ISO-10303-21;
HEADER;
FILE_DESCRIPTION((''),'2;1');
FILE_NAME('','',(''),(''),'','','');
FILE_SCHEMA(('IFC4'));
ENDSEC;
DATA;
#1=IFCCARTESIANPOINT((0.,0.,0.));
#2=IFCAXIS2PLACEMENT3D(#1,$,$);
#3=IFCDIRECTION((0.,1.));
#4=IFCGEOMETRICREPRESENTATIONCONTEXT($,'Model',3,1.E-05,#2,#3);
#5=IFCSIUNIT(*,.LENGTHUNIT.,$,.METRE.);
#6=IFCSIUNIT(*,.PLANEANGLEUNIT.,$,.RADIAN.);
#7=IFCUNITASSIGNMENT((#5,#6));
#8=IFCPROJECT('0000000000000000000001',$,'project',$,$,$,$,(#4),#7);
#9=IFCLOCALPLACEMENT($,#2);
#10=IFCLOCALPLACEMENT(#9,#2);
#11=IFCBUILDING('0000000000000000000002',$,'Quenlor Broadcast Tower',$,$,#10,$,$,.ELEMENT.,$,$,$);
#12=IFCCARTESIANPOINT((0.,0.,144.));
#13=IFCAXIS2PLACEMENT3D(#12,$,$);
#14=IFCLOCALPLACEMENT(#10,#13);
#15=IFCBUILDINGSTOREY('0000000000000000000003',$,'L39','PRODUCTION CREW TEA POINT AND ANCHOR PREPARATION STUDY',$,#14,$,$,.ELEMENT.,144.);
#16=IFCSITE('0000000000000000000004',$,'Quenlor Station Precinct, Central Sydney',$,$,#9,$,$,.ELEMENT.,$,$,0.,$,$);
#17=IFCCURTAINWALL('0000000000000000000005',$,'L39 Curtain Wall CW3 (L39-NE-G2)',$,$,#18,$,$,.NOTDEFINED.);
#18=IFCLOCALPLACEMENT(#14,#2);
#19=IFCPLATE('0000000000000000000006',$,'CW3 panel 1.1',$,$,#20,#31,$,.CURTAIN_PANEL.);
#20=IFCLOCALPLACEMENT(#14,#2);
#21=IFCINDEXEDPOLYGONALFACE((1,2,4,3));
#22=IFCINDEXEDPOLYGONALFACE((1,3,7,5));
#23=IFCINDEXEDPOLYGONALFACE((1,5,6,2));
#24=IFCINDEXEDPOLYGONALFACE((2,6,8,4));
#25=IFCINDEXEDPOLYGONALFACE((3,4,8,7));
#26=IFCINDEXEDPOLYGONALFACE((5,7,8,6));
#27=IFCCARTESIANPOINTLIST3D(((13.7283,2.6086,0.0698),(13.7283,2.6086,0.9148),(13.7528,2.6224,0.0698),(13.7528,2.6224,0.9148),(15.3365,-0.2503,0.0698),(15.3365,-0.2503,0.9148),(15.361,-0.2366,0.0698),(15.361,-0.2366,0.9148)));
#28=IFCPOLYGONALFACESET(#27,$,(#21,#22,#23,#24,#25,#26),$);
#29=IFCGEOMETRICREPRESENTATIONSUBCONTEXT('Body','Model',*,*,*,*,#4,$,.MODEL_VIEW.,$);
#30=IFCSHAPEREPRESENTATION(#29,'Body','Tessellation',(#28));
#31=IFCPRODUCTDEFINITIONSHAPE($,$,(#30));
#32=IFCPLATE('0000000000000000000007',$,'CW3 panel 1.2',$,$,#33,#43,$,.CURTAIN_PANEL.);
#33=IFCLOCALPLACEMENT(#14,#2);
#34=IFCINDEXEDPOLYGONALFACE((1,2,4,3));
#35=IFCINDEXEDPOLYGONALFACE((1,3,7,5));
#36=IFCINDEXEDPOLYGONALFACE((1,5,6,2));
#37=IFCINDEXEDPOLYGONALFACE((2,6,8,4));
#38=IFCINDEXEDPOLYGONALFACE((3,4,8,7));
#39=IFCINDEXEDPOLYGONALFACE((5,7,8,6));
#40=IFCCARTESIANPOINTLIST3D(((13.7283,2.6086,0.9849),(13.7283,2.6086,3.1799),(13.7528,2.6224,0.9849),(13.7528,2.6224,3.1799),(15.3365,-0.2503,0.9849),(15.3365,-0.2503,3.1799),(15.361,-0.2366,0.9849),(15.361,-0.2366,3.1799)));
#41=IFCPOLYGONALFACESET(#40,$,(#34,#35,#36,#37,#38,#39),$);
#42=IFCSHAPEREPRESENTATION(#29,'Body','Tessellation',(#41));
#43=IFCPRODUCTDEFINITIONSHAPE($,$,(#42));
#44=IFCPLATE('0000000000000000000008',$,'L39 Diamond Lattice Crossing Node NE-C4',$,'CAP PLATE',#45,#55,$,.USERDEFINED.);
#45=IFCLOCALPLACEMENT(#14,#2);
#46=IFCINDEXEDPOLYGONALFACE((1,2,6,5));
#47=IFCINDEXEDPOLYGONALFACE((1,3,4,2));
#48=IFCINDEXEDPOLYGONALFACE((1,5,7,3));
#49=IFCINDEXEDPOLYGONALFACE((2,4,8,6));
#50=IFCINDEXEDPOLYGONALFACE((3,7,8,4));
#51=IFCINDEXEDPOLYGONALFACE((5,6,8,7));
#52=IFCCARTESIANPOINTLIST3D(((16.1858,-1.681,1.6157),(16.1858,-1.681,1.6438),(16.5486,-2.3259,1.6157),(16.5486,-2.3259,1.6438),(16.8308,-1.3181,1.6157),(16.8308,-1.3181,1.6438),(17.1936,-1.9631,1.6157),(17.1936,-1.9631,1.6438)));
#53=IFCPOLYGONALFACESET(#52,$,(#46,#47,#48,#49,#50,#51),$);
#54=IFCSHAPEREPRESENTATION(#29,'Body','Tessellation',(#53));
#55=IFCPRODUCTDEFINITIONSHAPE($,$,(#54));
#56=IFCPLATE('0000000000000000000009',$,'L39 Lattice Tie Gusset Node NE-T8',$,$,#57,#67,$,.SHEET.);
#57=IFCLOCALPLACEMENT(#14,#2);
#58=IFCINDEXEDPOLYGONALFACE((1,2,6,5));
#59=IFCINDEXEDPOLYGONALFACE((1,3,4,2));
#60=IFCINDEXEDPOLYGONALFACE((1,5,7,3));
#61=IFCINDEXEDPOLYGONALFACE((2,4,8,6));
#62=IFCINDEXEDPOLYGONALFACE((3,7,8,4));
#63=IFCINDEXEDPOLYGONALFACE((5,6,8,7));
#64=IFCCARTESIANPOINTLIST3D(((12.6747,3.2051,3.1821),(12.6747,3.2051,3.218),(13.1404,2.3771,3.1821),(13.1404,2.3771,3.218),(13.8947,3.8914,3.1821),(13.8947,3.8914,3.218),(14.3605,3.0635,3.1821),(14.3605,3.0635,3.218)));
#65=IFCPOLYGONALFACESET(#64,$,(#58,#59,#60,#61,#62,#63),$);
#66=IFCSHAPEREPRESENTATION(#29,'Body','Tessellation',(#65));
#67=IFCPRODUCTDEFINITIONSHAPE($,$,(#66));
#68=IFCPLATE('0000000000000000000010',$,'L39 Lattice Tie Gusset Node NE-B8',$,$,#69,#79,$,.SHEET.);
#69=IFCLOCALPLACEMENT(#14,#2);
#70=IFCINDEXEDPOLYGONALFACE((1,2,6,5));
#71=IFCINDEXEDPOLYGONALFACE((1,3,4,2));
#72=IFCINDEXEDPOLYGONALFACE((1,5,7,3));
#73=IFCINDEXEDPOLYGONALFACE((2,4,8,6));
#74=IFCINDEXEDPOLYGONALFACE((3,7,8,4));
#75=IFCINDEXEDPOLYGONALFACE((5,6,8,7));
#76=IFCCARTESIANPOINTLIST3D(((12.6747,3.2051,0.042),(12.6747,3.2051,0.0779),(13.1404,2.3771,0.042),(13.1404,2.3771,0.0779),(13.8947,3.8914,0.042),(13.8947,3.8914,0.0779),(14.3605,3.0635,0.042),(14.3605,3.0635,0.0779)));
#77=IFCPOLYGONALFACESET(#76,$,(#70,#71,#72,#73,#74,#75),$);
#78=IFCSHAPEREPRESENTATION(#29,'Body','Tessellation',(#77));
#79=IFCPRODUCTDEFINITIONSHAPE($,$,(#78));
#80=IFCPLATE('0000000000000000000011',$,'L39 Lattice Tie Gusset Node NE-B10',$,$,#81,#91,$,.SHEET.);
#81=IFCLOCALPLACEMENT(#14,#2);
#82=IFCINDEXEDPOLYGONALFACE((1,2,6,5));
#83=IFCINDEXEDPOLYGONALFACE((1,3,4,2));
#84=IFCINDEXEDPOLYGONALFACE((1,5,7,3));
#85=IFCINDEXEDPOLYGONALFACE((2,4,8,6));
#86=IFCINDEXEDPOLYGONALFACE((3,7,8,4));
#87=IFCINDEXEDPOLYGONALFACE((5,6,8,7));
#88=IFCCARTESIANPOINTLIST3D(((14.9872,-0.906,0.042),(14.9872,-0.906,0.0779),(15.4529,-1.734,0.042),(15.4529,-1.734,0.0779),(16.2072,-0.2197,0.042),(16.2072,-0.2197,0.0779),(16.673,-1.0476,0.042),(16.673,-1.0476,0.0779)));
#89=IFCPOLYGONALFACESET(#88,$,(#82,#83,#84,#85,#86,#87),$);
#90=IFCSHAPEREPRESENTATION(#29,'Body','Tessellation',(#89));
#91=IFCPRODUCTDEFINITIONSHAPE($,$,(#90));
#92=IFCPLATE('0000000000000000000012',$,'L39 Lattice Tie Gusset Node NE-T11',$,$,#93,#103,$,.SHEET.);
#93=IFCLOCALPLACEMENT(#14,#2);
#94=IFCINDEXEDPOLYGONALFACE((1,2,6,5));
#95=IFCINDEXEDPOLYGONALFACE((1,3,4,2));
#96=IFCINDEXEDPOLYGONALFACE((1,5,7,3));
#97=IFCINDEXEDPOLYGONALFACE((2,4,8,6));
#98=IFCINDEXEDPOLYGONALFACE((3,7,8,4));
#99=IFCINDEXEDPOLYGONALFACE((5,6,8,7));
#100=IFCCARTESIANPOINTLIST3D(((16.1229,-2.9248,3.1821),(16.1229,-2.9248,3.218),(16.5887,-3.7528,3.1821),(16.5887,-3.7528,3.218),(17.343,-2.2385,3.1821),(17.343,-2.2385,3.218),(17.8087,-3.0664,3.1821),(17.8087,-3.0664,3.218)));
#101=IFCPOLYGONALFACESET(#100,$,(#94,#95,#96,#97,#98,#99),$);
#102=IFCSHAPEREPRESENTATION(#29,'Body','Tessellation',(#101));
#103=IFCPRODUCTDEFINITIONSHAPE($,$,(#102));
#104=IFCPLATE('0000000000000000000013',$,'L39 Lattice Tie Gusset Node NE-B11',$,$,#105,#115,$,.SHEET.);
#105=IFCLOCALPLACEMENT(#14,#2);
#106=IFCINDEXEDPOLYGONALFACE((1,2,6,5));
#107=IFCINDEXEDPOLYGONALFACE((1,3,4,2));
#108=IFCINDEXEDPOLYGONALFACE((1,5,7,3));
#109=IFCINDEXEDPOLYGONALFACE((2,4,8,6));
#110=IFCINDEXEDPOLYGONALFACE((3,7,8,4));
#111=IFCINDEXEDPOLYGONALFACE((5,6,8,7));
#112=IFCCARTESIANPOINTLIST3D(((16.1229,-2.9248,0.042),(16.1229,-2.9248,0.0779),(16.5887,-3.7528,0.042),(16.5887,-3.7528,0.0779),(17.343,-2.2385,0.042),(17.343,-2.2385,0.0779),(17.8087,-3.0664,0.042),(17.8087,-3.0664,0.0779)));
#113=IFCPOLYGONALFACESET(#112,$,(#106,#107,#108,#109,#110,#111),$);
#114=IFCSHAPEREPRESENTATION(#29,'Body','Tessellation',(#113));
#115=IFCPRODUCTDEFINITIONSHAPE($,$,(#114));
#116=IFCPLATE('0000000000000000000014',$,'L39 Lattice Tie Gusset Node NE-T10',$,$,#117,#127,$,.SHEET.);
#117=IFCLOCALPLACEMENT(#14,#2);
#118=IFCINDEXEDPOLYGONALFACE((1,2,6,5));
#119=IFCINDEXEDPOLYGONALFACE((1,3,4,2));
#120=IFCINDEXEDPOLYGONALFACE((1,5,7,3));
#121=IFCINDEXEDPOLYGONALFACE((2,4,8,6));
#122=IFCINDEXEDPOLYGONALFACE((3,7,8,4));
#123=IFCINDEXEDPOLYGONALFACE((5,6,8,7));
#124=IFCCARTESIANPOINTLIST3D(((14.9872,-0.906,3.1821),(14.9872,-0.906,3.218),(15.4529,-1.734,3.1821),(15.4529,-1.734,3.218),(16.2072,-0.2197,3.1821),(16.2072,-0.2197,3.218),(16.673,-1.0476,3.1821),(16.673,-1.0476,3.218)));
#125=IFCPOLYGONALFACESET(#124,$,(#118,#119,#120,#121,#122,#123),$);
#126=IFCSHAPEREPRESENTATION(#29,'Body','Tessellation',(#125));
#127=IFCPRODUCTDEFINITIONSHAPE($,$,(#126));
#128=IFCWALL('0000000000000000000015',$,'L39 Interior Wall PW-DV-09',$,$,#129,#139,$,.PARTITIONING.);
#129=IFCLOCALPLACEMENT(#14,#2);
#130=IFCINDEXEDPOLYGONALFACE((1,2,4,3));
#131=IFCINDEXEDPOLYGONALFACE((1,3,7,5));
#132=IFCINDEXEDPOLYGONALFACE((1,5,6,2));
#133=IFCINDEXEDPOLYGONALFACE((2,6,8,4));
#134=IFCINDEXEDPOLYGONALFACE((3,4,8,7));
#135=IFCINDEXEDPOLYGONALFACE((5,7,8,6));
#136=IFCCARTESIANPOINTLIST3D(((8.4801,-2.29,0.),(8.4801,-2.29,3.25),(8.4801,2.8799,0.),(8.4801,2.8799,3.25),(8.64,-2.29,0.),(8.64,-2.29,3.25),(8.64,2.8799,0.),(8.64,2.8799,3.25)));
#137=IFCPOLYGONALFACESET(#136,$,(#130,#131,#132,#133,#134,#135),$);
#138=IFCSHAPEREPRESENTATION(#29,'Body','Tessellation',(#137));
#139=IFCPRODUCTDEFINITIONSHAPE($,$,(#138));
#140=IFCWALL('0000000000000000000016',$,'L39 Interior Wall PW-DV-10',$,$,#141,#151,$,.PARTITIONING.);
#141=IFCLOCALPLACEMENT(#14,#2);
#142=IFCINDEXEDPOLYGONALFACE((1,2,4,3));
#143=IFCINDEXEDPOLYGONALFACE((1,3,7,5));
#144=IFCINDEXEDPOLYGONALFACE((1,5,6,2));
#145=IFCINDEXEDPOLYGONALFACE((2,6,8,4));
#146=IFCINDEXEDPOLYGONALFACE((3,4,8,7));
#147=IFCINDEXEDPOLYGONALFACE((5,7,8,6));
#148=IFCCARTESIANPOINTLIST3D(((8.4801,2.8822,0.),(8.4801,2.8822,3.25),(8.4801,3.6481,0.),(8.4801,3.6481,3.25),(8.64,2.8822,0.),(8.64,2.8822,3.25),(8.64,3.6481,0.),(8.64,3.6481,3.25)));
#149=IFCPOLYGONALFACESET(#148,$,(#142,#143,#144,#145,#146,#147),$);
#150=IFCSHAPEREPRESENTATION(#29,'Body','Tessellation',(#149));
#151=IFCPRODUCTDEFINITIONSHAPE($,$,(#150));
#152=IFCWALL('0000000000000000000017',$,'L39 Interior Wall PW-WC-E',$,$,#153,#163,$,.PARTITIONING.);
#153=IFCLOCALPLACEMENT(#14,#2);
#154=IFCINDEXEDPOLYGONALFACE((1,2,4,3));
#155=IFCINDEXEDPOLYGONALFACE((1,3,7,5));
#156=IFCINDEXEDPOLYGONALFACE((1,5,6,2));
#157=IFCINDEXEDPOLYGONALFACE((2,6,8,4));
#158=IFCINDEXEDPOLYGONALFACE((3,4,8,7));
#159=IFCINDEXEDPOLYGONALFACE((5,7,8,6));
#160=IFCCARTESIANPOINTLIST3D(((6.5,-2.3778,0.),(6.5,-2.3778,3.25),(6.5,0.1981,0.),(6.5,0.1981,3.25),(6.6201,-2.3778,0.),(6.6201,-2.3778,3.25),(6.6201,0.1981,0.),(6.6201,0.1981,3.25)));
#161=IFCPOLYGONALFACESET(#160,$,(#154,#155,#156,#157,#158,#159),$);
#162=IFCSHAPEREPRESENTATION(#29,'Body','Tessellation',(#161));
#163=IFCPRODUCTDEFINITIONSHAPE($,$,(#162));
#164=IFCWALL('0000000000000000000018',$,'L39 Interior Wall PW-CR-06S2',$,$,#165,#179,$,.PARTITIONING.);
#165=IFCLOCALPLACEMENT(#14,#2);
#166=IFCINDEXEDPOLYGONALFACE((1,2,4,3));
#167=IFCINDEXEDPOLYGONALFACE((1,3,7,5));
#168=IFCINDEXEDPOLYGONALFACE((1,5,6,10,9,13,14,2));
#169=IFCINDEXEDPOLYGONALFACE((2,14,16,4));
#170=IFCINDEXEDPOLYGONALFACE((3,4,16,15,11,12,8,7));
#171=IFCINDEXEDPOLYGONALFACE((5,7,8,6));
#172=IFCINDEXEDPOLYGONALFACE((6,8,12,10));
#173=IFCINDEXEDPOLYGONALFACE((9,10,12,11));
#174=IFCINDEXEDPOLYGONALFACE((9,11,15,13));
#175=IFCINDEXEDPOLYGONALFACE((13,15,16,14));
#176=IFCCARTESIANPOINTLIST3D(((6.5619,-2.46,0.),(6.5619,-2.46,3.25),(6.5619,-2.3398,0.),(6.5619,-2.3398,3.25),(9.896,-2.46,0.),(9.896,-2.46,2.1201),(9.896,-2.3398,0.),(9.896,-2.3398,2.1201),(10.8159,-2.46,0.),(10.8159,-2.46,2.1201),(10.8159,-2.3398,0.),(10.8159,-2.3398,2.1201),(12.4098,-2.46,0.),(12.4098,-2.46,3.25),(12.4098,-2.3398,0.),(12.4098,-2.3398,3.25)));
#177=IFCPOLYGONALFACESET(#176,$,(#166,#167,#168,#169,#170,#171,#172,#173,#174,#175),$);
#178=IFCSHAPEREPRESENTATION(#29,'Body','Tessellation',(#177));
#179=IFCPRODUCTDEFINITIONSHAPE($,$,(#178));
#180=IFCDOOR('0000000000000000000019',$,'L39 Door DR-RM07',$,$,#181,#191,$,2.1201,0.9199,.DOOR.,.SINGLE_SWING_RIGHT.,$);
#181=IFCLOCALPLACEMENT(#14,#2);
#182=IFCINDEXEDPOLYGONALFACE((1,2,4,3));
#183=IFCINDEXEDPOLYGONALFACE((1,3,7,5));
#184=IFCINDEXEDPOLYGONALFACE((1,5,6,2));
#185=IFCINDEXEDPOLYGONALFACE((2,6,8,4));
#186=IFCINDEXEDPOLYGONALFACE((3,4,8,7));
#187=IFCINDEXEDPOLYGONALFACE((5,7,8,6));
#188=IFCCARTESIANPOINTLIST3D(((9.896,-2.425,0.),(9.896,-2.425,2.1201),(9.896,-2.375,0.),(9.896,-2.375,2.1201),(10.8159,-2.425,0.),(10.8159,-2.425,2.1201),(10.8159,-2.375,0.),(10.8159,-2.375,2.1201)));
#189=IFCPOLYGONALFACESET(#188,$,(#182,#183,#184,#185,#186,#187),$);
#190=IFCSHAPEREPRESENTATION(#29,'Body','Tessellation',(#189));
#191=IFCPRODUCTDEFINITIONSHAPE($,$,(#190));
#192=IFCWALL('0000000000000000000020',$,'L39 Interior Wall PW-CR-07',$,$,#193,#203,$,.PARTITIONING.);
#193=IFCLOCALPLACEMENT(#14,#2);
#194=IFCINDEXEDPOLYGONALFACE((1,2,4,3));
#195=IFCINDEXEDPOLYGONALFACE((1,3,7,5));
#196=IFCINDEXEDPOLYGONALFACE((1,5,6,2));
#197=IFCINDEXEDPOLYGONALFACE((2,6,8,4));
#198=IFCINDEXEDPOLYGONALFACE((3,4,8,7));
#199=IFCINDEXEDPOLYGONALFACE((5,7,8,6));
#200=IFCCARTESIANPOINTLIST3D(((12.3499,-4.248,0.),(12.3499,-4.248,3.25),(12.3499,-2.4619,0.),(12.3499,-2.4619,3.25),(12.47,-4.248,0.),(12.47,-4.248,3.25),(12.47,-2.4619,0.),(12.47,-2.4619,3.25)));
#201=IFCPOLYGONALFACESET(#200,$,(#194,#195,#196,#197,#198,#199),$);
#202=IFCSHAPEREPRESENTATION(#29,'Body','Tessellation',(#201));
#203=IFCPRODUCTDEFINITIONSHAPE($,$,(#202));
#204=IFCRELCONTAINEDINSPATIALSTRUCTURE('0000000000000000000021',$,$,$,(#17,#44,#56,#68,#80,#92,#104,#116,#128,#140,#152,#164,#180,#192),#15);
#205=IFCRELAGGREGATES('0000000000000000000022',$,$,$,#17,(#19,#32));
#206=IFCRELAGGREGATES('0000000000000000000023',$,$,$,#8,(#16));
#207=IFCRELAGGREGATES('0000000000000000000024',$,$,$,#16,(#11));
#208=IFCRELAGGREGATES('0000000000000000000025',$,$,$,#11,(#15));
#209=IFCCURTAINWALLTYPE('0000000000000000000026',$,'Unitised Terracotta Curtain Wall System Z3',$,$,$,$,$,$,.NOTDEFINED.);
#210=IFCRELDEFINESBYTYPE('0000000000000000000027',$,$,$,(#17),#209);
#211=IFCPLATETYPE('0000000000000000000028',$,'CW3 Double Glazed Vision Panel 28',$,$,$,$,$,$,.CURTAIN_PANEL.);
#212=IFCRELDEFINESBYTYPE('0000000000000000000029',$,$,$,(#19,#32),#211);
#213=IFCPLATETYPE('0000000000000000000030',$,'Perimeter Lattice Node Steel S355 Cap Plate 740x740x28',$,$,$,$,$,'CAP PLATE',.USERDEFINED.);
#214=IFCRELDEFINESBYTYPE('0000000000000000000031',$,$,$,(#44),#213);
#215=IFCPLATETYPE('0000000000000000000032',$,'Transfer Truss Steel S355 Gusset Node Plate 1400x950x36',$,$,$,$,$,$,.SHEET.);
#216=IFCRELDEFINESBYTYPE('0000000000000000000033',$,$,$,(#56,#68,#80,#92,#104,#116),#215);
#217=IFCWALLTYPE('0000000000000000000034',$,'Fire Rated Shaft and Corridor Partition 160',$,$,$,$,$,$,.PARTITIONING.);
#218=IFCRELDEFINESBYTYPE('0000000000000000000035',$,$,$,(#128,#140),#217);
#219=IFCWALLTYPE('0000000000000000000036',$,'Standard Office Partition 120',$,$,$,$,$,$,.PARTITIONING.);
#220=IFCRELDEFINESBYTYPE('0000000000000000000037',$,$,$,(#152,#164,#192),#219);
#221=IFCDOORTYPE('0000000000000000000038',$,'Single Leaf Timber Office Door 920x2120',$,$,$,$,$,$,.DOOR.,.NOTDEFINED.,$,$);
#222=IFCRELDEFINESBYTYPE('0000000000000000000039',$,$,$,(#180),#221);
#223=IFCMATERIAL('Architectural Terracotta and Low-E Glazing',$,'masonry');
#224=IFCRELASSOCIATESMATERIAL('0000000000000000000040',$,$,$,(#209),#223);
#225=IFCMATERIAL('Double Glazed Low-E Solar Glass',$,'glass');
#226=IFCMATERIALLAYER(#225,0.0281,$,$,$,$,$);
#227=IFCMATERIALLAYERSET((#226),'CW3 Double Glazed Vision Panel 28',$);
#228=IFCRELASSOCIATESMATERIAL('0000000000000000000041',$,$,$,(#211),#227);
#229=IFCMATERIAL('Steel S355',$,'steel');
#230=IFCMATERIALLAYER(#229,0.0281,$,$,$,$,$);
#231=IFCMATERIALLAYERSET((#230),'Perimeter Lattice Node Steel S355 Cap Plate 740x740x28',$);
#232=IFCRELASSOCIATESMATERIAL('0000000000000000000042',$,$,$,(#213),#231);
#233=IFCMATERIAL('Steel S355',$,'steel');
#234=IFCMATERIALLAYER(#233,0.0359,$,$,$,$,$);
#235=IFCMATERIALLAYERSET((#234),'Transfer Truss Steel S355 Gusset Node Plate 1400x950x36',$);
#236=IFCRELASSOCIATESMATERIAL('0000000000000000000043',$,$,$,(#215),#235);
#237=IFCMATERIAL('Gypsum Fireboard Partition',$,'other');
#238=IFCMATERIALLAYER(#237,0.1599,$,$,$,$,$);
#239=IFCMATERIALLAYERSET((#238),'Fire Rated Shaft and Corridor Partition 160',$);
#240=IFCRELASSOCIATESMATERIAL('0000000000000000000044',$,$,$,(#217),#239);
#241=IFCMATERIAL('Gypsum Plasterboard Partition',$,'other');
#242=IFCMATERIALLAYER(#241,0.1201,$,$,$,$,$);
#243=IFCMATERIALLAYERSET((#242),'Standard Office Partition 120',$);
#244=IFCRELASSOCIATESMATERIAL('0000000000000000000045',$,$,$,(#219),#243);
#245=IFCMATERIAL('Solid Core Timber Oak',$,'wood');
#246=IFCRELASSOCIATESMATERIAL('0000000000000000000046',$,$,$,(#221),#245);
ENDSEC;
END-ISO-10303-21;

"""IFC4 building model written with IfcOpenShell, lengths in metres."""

from ifc_helpers import new_model, si_unit, direction, frame, frame_2d, origin, origin_2d, place, context, subcontext, project, spatial, rectangle, extrude, material, layer, layer_set, type_object, element, fill, aggregate, save


model = new_model("IFC4")

# Units and contexts
model_context = context("Model", 3, precision=1e-05, world=origin(), true_north=direction((0.0, 1.0)))
body_context = subcontext(model_context, "Body", "Model", "MODEL_VIEW")
ifc_project = project(units=[si_unit("LENGTHUNIT", "METRE"), si_unit("PLANEANGLEUNIT", "RADIAN")], contexts=[model_context])

# Site, building, storey
site_placement = place(None, origin())
site = spatial("IfcSite", under=ifc_project, at=site_placement, Name="Quenlor Station Precinct, Central Sydney", CompositionType="ELEMENT", RefElevation=0.0)
building_placement = place(site_placement, origin())
building = spatial("IfcBuilding", under=site, at=building_placement, Name="Quenlor Broadcast Tower", CompositionType="ELEMENT")
storey_placement = place(building_placement, frame((0.0, 0.0, 144.0)))
storey = spatial("IfcBuildingStorey", under=building, at=storey_placement, Name="L39", Description="PRODUCTION CREW TEA POINT AND ANCHOR PREPARATION STUDY", CompositionType="ELEMENT", Elevation=144.0)

# Curtain wall
ifc_material_1 = material(Name="Architectural Terracotta and Low-E Glazing", Category="masonry")
curtain_wall_type = type_object("IfcCurtainWallType", Name="Unitised Terracotta Curtain Wall System Z3", PredefinedType="NOTDEFINED", material=ifc_material_1)
curtain_wall_placement = place(storey_placement, origin())
curtain_wall = element("IfcCurtainWall", 1, at=curtain_wall_placement, inside=storey, type_object=curtain_wall_type, Name="L39 Curtain Wall CW3 (L39-NE-G2)", PredefinedType="NOTDEFINED")

# Plates
ifc_material_2 = material(Name="Double Glazed Low-E Solar Glass", Category="glass")
ifc_layer_1 = layer(ifc_material_2, 0.0281)
ifc_layer_set_1 = layer_set([ifc_layer_1], Name="CW3 Double Glazed Vision Panel 28")
plate_type_1 = type_object("IfcPlateType", Name="CW3 Double Glazed Vision Panel 28", PredefinedType="CURTAIN_PANEL", material=ifc_layer_set_1)
plate_1_placement = place(storey_placement, frame((14.5447, 1.186, 0.0698), z_axis=(0.0, 0.0, 1.0), x_axis=(0.490268, -0.871572, 0.0)))
plate_1 = element("IfcPlate", 2, at=plate_1_placement, type_object=plate_type_1, Name="CW3 panel 1.1", PredefinedType="CURTAIN_PANEL", context=body_context, shape_type="SweptSolid", body=[
    extrude(rectangle(XDim=3.2803, YDim=0.0281, at=origin_2d()), origin(), (0.0, 0.0, 1.0), 0.845),
])
plate_2_placement = place(storey_placement, frame((14.5447, 1.186, 0.9849), z_axis=(0.0, 0.0, 1.0), x_axis=(0.490268, -0.871572, 0.0)))
plate_2 = element("IfcPlate", 3, at=plate_2_placement, type_object=plate_type_1, Name="CW3 panel 1.2", PredefinedType="CURTAIN_PANEL", context=body_context, shape_type="SweptSolid", body=[
    extrude(rectangle(XDim=3.2803, YDim=0.0281, at=origin_2d()), origin(), (0.0, 0.0, 1.0), 2.1951),
])
aggregate(curtain_wall, [plate_1, plate_2])

# Plates
ifc_material_3 = material(Name="Steel S355", Category="steel")
ifc_layer_2 = layer(ifc_material_3, 0.0281)
ifc_layer_set_2 = layer_set([ifc_layer_2], Name="Perimeter Lattice Node Steel S355 Cap Plate 740x740x28")
plate_type_2 = type_object("IfcPlateType", Name="Perimeter Lattice Node Steel S355 Cap Plate 740x740x28", ElementType="CAP PLATE", PredefinedType="USERDEFINED", material=ifc_layer_set_2)
plate_3_placement = place(storey_placement, frame((16.6897, -1.822, 1.6157), z_axis=(0.0, 0.0, 1.0), x_axis=(0.490295, -0.871556, 0.0)))
element("IfcPlate", 4, at=plate_3_placement, inside=storey, type_object=plate_type_2, Name="L39 Diamond Lattice Crossing Node NE-C4", ObjectType="CAP PLATE", PredefinedType="USERDEFINED", context=body_context, shape_type="SweptSolid", body=[
    extrude(rectangle(XDim=0.74, YDim=0.74, at=origin_2d()), origin(), (0.0, 0.0, 1.0), 0.0281),
])
ifc_material_4 = material(Name="Steel S355", Category="steel")
ifc_layer_3 = layer(ifc_material_4, 0.0359)
ifc_layer_set_3 = layer_set([ifc_layer_3], Name="Transfer Truss Steel S355 Gusset Node Plate 1400x950x36")
plate_type_3 = type_object("IfcPlateType", Name="Transfer Truss Steel S355 Gusset Node Plate 1400x950x36", PredefinedType="SHEET", material=ifc_layer_set_3)
for number, where, z_axis, x_axis, name in (
    (5, (13.5176, 3.1343, 3.1821), (0.0, 0.0, 1.0), (0.871556, 0.490295, 0.0), "L39 Lattice Tie Gusset Node NE-T8"),
    (6, (13.5176, 3.1343, 0.042), (0.0, 0.0, 1.0), (0.871556, 0.490295, 0.0), "L39 Lattice Tie Gusset Node NE-B8"),
    (7, (15.8301, -0.9768, 0.042), (0.0, 0.0, 1.0), (0.871556, 0.490295, 0.0), "L39 Lattice Tie Gusset Node NE-B10"),
    (8, (16.9658, -2.9956, 3.1821), (0.0, 0.0, 1.0), (0.871556, 0.490295, 0.0), "L39 Lattice Tie Gusset Node NE-T11"),
    (9, (16.9658, -2.9956, 0.042), (0.0, 0.0, 1.0), (0.871556, 0.490295, 0.0), "L39 Lattice Tie Gusset Node NE-B11"),
    (10, (15.8301, -0.9768, 3.1821), (0.0, 0.0, 1.0), (0.871556, 0.490295, 0.0), "L39 Lattice Tie Gusset Node NE-T10"),
):
    element("IfcPlate", number, at=place(storey_placement, frame(where, z_axis=z_axis, x_axis=x_axis)), inside=storey, type_object=plate_type_3, Name=name, PredefinedType="SHEET", context=body_context, shape_type="SweptSolid", body=[
        extrude(rectangle(XDim=1.3999, YDim=0.95, at=origin_2d()), origin(), (0.0, 0.0, 1.0), 0.0359),
    ])

# Walls
ifc_material_5 = material(Name="Gypsum Fireboard Partition", Category="other")
ifc_layer_4 = layer(ifc_material_5, 0.1599)
ifc_layer_set_4 = layer_set([ifc_layer_4], Name="Fire Rated Shaft and Corridor Partition 160")
wall_type_1 = type_object("IfcWallType", Name="Fire Rated Shaft and Corridor Partition 160", PredefinedType="PARTITIONING", material=ifc_layer_set_4)
wall_1_placement = place(storey_placement, frame((8.5601, 2.8799, 0.0), z_axis=(0.0, 0.0, 1.0), x_axis=(0.0, -1.0, 0.0)))
element("IfcWall", 11, at=wall_1_placement, inside=storey, type_object=wall_type_1, Name="L39 Interior Wall PW-DV-09", PredefinedType="PARTITIONING", context=body_context, shape_type="SweptSolid", body=[
    extrude(rectangle(XDim=5.1699, YDim=0.1599, at=frame_2d((2.585, 0.0))), origin(), (0.0, 0.0, 1.0), 3.25),
])
wall_2_placement = place(storey_placement, frame((8.5601, 3.6479, 0.0), z_axis=(0.0, 0.0, 1.0), x_axis=(0.0, -1.0, 0.0)))
element("IfcWall", 12, at=wall_2_placement, inside=storey, type_object=wall_type_1, Name="L39 Interior Wall PW-DV-10", PredefinedType="PARTITIONING", context=body_context, shape_type="SweptSolid", body=[
    extrude(rectangle(XDim=0.7659, YDim=0.1599, at=frame_2d((0.3828, 0.0))), origin(), (0.0, 0.0, 1.0), 3.25),
])
ifc_material_6 = material(Name="Gypsum Plasterboard Partition", Category="other")
ifc_layer_5 = layer(ifc_material_6, 0.1201)
ifc_layer_set_5 = layer_set([ifc_layer_5], Name="Standard Office Partition 120")
wall_type_2 = type_object("IfcWallType", Name="Standard Office Partition 120", PredefinedType="PARTITIONING", material=ifc_layer_set_5)
wall_3_placement = place(storey_placement, frame((6.5601, -2.3779, 0.0), z_axis=(0.0, 0.0, 1.0), x_axis=(0.0, 1.0, 0.0)))
element("IfcWall", 13, at=wall_3_placement, inside=storey, type_object=wall_type_2, Name="L39 Interior Wall PW-WC-E", PredefinedType="PARTITIONING", context=body_context, shape_type="SweptSolid", body=[
    extrude(rectangle(XDim=2.5759, YDim=0.1201, at=frame_2d((1.2881, 0.0))), origin(), (0.0, 0.0, 1.0), 3.25),
])

# Wall, opening, door
wall_4_placement = place(storey_placement, frame((6.562, -2.3999, 0.0), z_axis=(0.0, 0.0, 1.0), x_axis=(1.0, 0.0, 0.0)))
wall_4 = element("IfcWall", 14, at=wall_4_placement, inside=storey, type_object=wall_type_2, Name="L39 Interior Wall PW-CR-06S2", PredefinedType="PARTITIONING", context=body_context, shape_type="SweptSolid", body=[
    extrude(rectangle(XDim=5.8479, YDim=0.1201, at=frame_2d((2.9238, 0.0))), origin(), (0.0, 0.0, 1.0), 3.25),
])
opening_placement = place(wall_4_placement, frame((3.334, 0.0, 0.0)))
opening = element("IfcOpeningElement", 15, at=opening_placement, cuts=wall_4, PredefinedType="OPENING", context=body_context, shape_type="SweptSolid", body=[
    extrude(rectangle(XDim=0.9199, YDim=2.1201, at=frame_2d((0.46, 1.0601))), frame((0.0, 0.0701, 0.0), z_axis=(0.0, -1.0, 0.0), x_axis=(1.0, 0.0, 0.0)), (0.0, 0.0, 1.0), 0.1401),
])
ifc_material_7 = material(Name="Solid Core Timber Oak", Category="wood")
door_type = type_object("IfcDoorType", Name="Single Leaf Timber Office Door 920x2120", OperationType="NOTDEFINED", PredefinedType="DOOR", material=ifc_material_7)
door_placement = place(opening_placement, origin())
door = element("IfcDoor", 16, at=door_placement, inside=storey, type_object=door_type, Name="L39 Door DR-RM07", OperationType="SINGLE_SWING_RIGHT", OverallHeight=2.1201, OverallWidth=0.9199, PredefinedType="DOOR", context=body_context, shape_type="SweptSolid", body=[
    extrude(rectangle(XDim=0.9199, YDim=2.1201, at=frame_2d((0.46, 1.0601))), frame((0.0, 0.0249, 0.0), z_axis=(0.0, -1.0, 0.0), x_axis=(1.0, 0.0, 0.0)), (0.0, 0.0, 1.0), 0.05),
])
fill(opening, door)

# Wall
wall_5_placement = place(storey_placement, frame((12.4099, -2.4619, 0.0), z_axis=(0.0, 0.0, 1.0), x_axis=(0.0, -1.0, 0.0)))
element("IfcWall", 17, at=wall_5_placement, inside=storey, type_object=wall_type_2, Name="L39 Interior Wall PW-CR-07", PredefinedType="PARTITIONING", context=body_context, shape_type="SweptSolid", body=[
    extrude(rectangle(XDim=1.7861, YDim=0.1201, at=frame_2d((0.8931, 0.0))), origin(), (0.0, 0.0, 1.0), 3.25),
])

save(model, "model.ifc")
